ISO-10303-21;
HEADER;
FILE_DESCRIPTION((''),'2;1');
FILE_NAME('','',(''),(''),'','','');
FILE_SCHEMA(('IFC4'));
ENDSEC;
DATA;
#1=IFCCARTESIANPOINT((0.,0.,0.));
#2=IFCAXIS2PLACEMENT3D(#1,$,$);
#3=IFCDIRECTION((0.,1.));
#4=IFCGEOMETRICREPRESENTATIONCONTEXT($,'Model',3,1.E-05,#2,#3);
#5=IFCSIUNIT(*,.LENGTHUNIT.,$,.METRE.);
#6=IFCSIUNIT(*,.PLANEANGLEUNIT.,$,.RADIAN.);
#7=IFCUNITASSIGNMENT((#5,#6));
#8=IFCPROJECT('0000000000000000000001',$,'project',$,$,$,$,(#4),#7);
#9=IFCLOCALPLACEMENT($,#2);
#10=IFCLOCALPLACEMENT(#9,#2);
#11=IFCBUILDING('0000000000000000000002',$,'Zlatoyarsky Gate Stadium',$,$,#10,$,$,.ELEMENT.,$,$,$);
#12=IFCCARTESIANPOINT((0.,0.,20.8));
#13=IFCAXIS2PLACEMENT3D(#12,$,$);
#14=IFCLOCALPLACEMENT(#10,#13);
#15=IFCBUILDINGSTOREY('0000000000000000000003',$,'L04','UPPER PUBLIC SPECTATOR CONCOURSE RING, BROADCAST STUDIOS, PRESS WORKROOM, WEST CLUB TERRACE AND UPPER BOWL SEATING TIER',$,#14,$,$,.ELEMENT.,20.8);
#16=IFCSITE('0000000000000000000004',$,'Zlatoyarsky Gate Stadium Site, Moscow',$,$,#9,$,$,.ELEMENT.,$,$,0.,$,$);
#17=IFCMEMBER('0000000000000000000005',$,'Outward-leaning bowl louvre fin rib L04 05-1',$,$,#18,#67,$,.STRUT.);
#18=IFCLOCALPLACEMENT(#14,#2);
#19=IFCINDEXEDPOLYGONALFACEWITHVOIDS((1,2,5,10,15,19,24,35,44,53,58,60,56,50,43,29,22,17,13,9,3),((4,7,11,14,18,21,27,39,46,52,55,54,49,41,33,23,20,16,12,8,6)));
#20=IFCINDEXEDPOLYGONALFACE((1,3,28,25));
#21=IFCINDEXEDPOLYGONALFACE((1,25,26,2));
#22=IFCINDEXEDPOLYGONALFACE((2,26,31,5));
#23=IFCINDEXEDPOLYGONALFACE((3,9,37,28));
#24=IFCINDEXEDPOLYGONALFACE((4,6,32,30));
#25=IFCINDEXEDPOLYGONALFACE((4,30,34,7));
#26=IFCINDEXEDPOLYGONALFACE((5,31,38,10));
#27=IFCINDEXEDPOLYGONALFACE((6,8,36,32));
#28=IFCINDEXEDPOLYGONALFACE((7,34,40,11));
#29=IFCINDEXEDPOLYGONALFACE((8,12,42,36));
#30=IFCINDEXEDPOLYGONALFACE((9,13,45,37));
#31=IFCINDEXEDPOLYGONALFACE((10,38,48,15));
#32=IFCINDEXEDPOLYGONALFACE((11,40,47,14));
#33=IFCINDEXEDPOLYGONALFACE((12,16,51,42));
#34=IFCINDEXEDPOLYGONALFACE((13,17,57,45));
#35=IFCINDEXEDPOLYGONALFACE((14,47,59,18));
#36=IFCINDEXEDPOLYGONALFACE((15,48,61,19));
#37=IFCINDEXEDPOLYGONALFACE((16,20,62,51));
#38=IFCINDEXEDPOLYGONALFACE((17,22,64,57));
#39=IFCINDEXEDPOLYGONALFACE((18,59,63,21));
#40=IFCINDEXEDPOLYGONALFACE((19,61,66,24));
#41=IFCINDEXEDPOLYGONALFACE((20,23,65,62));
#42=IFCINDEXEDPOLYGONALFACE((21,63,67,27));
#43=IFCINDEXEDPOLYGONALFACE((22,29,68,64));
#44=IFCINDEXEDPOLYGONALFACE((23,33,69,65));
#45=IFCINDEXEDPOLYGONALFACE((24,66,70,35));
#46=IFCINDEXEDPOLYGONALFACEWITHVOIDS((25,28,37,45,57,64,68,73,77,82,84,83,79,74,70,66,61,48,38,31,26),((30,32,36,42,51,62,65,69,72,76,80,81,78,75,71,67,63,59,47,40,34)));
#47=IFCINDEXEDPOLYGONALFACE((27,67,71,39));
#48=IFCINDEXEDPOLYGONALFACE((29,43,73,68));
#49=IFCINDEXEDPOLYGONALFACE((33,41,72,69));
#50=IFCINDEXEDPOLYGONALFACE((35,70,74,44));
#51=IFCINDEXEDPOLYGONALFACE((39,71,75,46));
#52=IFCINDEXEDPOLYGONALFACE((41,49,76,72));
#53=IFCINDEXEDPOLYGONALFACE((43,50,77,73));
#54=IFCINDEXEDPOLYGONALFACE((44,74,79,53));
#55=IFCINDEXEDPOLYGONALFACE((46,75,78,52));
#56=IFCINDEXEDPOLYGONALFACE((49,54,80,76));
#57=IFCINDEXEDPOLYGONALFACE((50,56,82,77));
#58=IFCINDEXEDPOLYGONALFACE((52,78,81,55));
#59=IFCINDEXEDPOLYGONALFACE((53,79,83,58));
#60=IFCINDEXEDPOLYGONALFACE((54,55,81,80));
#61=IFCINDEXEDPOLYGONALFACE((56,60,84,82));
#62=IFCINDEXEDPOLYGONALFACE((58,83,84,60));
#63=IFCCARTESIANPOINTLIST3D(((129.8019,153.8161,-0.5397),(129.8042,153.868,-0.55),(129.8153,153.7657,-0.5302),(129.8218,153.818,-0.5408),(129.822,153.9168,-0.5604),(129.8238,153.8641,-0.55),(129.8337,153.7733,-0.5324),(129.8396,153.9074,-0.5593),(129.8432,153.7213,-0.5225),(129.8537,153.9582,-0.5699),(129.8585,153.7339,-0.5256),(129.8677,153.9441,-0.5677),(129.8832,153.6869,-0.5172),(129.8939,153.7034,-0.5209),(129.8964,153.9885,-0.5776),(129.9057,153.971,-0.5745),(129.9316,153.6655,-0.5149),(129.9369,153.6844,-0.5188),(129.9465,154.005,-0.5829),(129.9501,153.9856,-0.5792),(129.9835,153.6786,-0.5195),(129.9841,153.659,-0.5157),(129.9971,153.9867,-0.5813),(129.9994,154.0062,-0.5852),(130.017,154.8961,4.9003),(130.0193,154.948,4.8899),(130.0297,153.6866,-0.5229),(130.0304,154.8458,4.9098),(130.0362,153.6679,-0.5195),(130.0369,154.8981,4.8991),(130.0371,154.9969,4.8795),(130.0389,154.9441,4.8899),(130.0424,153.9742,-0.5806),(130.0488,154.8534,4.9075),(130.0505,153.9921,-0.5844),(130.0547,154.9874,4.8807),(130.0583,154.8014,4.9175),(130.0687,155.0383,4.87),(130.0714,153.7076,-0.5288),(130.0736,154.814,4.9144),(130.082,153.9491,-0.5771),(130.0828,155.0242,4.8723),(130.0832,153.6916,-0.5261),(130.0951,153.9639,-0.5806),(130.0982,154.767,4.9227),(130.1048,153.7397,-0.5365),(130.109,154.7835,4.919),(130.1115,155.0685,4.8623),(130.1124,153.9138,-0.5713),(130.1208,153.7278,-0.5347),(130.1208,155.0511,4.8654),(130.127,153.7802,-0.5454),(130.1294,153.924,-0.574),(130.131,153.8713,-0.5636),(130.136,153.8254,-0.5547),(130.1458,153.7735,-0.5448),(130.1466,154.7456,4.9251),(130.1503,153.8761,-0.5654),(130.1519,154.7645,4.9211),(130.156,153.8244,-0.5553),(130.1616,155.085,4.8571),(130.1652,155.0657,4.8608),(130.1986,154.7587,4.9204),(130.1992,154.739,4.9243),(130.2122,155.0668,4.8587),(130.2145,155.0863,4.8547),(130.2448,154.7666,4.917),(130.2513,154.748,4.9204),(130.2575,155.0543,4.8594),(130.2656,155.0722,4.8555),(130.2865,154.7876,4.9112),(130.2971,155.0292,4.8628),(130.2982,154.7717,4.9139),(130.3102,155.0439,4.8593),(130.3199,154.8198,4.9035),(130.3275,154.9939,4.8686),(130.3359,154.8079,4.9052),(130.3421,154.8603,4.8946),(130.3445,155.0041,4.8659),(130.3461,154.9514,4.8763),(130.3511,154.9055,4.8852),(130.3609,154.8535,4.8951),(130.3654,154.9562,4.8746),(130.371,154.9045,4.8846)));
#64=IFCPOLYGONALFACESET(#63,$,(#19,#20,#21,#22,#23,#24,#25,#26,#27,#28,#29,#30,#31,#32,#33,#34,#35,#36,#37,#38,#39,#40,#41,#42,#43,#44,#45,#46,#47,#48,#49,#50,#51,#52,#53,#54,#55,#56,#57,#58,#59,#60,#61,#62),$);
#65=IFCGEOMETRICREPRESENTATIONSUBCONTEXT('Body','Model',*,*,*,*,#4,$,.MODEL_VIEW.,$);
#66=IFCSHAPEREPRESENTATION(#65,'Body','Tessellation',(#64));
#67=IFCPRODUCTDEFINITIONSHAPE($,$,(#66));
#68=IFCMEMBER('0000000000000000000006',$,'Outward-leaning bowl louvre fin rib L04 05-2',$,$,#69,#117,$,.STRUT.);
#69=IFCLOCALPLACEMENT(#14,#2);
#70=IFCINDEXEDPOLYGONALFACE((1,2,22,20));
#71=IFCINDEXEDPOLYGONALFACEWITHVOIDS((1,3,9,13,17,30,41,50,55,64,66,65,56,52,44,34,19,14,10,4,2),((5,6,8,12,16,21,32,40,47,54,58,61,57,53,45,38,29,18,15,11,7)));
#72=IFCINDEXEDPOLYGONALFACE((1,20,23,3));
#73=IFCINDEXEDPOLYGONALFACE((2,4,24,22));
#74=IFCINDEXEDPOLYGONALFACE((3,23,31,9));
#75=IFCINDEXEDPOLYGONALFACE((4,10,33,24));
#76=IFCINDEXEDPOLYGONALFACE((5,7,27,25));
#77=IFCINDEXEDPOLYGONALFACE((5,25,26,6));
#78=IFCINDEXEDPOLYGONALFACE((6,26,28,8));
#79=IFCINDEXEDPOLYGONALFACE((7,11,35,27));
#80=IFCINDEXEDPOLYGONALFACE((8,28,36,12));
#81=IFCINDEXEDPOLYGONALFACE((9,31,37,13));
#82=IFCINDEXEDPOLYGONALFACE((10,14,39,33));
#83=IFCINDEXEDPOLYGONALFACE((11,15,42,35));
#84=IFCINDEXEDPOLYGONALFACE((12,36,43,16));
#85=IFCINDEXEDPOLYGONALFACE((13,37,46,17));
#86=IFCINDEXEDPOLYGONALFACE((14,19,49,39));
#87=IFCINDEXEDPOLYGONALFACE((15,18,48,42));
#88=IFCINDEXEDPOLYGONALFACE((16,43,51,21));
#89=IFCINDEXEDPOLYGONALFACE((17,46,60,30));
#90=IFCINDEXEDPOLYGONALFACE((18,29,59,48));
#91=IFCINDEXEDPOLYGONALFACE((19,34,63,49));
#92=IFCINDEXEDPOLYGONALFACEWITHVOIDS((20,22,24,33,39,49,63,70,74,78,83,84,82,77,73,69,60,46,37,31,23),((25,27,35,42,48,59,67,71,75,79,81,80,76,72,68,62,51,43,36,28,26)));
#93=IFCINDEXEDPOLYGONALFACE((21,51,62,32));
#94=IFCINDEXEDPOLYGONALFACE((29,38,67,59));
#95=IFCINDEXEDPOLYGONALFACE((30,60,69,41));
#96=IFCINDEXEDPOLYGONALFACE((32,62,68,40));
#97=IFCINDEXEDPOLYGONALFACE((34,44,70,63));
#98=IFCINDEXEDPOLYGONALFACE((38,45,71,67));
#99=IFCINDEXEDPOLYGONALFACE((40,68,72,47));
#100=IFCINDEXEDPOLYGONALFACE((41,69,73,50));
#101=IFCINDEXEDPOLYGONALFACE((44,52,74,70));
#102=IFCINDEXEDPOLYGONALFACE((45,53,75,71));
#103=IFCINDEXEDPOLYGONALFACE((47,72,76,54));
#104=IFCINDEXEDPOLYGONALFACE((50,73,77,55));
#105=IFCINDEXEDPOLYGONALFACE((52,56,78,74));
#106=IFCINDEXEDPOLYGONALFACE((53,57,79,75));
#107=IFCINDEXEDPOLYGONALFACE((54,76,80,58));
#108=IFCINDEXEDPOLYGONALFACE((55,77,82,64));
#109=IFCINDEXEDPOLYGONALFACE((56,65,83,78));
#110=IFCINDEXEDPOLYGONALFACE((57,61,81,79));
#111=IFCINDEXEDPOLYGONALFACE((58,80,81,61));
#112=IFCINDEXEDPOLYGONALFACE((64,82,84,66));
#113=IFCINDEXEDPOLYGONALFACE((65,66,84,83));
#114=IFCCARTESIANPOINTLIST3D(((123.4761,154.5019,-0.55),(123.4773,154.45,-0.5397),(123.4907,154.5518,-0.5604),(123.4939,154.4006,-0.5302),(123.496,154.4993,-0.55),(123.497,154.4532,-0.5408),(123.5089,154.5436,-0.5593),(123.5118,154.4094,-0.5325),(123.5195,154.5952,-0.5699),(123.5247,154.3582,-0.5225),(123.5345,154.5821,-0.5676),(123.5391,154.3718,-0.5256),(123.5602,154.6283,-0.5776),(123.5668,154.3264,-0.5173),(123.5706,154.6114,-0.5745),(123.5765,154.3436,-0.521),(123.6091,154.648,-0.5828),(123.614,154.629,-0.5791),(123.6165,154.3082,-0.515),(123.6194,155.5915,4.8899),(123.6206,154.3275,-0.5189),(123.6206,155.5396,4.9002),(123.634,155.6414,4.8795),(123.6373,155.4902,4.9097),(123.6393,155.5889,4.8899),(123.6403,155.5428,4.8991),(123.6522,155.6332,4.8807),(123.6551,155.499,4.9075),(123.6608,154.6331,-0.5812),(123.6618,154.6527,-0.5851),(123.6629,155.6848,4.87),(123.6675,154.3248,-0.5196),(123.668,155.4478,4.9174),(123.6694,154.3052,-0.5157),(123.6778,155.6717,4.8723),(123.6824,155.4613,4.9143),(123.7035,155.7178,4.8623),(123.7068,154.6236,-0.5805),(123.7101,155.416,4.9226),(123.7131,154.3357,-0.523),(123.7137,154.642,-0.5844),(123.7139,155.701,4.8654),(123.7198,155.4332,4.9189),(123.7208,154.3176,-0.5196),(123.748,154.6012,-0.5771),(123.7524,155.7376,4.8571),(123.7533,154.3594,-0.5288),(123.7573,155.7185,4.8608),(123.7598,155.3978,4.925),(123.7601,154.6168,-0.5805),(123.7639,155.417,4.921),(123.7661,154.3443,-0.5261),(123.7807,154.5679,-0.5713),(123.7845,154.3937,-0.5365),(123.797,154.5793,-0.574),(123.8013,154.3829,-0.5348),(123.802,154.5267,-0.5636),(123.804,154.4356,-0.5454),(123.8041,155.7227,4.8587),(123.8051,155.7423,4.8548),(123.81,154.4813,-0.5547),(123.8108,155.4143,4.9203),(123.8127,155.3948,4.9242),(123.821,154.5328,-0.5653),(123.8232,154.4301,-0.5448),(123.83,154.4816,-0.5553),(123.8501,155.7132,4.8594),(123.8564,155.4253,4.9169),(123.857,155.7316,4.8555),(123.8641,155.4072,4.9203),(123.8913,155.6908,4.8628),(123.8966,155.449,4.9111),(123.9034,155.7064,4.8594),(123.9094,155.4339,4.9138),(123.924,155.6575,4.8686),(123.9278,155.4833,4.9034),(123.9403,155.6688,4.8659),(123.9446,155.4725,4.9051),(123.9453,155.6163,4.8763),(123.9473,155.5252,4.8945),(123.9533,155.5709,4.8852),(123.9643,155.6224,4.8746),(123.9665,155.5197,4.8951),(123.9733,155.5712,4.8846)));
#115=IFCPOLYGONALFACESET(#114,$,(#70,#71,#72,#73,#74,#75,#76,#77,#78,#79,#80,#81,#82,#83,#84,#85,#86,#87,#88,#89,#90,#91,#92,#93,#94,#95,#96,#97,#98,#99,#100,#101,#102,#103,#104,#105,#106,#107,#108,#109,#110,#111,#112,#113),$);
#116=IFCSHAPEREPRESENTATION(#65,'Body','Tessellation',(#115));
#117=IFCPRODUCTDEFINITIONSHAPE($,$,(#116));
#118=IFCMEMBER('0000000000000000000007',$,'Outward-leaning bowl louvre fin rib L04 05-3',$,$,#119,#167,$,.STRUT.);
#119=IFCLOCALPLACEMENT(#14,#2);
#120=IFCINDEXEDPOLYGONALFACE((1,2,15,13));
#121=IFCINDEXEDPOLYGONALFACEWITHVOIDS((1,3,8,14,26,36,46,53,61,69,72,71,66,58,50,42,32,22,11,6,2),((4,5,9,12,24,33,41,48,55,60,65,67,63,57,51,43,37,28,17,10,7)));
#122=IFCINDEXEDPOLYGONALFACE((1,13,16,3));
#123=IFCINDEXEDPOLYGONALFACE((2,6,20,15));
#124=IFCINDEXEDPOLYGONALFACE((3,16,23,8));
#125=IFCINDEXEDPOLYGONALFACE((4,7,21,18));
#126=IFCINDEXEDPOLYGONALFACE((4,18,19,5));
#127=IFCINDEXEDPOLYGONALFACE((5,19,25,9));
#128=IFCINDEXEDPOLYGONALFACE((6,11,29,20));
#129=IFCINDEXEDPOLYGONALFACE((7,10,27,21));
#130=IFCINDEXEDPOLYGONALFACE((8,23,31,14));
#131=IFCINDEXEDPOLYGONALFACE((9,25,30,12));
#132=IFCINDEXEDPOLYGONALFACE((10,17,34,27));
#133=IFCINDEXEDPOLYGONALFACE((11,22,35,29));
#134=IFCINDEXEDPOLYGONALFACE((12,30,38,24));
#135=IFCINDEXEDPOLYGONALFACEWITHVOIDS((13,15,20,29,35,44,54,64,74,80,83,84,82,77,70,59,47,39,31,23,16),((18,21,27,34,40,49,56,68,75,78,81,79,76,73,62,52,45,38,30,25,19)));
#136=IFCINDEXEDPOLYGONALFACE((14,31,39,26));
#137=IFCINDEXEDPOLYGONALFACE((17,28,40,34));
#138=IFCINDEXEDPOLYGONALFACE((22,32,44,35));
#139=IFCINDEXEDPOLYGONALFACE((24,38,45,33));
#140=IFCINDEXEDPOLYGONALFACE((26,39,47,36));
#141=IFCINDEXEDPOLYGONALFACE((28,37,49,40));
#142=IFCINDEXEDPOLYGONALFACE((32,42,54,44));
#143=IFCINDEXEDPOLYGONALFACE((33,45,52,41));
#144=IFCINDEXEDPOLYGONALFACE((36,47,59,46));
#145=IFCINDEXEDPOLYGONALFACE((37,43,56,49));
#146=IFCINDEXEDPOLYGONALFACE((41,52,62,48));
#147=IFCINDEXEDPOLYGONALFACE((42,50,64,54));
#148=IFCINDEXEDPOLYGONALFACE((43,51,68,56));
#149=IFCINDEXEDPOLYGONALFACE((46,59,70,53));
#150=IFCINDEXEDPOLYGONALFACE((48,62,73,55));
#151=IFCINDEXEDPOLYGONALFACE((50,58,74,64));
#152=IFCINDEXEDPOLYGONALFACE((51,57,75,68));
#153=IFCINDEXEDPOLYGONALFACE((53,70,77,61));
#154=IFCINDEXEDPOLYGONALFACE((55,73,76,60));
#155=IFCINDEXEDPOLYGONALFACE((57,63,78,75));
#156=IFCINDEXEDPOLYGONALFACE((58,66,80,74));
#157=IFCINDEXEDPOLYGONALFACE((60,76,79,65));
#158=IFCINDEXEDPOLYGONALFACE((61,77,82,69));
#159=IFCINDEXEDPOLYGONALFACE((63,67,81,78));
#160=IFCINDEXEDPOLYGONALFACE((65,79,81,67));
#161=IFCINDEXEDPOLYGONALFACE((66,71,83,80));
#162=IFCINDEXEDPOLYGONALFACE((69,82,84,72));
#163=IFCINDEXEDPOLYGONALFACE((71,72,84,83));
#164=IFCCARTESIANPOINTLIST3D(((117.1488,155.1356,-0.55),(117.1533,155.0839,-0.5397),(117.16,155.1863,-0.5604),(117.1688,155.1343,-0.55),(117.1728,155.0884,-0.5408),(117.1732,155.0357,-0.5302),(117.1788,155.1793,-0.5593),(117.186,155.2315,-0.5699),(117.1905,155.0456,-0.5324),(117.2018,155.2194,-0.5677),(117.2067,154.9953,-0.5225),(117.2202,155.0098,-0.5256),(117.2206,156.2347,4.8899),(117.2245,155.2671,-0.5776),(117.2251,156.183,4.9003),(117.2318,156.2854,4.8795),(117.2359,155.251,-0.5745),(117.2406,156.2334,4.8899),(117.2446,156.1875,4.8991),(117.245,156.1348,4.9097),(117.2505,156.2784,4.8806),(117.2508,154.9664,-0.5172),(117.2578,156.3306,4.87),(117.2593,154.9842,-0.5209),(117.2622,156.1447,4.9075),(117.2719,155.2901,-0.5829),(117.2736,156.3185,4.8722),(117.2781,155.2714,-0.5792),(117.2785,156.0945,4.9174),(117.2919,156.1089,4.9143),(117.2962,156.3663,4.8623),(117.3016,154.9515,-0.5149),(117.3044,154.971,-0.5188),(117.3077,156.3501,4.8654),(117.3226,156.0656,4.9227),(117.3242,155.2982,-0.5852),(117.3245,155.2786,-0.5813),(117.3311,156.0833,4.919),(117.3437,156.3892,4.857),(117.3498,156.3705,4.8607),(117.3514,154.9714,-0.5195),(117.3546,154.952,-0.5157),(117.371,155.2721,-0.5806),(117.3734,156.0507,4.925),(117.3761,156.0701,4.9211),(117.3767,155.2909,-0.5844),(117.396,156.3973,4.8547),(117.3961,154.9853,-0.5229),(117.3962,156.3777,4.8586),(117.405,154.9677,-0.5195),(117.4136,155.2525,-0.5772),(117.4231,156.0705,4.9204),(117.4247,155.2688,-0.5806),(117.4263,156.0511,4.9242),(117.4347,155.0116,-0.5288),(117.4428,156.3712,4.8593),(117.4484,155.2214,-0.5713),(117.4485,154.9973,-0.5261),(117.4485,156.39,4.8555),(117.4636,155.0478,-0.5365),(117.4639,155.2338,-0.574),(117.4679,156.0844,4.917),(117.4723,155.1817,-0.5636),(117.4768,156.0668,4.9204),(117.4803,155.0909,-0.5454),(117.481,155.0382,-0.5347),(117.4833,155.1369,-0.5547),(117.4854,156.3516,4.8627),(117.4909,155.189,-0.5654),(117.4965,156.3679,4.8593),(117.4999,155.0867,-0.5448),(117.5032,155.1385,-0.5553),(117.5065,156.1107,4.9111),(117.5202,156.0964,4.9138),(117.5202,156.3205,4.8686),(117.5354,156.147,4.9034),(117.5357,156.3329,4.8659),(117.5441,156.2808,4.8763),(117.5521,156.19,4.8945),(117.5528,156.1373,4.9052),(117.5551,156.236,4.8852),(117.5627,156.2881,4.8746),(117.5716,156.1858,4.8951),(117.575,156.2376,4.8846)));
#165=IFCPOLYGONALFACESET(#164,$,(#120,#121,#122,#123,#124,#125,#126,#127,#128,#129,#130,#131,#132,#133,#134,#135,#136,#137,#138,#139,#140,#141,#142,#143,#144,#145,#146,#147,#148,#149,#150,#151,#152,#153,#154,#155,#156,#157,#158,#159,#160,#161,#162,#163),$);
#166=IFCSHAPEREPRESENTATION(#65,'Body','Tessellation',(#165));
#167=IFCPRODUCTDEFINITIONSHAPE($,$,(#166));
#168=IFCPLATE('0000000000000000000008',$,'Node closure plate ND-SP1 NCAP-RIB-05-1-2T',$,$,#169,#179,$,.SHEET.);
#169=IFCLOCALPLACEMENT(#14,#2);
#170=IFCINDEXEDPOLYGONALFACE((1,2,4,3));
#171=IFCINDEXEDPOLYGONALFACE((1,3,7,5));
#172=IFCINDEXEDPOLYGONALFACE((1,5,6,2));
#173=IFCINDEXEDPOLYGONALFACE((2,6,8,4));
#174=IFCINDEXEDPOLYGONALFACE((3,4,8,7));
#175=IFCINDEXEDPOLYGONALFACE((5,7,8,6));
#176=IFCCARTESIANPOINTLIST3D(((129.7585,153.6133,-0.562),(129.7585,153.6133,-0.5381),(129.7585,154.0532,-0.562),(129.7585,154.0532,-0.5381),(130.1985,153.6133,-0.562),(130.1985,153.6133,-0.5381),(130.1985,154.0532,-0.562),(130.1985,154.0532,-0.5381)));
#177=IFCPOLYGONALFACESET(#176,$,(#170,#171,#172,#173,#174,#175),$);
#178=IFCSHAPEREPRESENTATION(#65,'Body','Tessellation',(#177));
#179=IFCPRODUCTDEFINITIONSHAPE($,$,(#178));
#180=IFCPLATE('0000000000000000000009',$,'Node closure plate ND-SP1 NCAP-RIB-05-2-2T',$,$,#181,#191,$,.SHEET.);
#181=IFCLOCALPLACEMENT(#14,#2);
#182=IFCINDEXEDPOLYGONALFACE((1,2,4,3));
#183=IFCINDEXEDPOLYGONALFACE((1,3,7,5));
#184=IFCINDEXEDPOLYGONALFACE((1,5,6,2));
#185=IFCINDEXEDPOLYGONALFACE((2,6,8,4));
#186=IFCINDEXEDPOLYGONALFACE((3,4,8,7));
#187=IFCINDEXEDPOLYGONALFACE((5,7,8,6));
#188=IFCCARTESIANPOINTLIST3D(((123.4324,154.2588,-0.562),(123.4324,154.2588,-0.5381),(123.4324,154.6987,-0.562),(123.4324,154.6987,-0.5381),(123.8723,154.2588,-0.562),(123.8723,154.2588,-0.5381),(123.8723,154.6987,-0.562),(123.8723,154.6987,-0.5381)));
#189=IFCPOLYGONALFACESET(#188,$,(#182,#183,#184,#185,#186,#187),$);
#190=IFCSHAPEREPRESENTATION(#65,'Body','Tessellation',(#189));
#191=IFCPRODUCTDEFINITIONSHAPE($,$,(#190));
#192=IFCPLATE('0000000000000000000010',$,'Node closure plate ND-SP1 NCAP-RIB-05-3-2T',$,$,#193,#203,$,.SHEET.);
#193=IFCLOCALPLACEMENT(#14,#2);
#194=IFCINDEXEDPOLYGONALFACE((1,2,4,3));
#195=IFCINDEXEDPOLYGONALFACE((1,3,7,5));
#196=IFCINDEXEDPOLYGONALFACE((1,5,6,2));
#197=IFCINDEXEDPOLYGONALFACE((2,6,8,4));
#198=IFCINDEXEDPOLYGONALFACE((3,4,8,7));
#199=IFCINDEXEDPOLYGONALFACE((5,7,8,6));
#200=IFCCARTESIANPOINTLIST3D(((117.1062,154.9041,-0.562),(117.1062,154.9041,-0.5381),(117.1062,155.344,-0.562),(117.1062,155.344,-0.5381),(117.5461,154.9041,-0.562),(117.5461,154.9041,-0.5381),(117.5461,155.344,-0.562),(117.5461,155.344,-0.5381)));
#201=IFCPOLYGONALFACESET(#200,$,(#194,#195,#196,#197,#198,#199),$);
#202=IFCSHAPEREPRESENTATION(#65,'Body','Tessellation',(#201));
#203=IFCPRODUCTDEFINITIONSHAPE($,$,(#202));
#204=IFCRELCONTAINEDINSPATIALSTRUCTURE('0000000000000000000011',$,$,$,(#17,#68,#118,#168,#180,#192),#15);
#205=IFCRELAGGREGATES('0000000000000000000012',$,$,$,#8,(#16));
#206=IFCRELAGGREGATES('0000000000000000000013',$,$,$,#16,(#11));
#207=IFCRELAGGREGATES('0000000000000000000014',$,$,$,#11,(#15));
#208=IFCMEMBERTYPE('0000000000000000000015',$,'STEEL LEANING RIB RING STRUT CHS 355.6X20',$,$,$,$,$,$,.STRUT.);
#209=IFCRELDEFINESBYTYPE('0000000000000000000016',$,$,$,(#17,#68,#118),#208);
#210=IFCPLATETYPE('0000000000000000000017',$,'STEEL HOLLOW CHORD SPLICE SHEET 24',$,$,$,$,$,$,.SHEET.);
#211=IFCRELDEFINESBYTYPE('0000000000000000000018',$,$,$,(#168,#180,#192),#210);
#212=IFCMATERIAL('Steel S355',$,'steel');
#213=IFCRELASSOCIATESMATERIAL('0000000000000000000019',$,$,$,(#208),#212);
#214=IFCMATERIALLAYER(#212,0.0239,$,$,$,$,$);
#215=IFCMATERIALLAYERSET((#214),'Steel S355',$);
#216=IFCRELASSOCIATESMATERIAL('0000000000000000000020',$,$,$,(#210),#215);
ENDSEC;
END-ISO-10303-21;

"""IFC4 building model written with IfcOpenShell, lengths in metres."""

from ifc_helpers import new_model, si_unit, direction, frame, origin, origin_2d, place, context, subcontext, project, spatial, rectangle, hollow_circle, extrude, material, layer, layer_set, material_profile, profile_set, type_object, element, save


model = new_model("IFC4")

# Units and contexts
model_context = context("Model", 3, precision=1e-05, world=origin(), true_north=direction((0.0, 1.0)))
body_context = subcontext(model_context, "Body", "Model", "MODEL_VIEW")
ifc_project = project(units=[si_unit("LENGTHUNIT", "METRE"), si_unit("PLANEANGLEUNIT", "RADIAN")], contexts=[model_context])

# Site, building, storey
site_placement = place(None, origin())
site = spatial("IfcSite", under=ifc_project, at=site_placement, Name="Zlatoyarsky Gate Stadium Site, Moscow", CompositionType="ELEMENT", RefElevation=0.0)
building_placement = place(site_placement, origin())
building = spatial("IfcBuilding", under=site, at=building_placement, Name="Zlatoyarsky Gate Stadium", CompositionType="ELEMENT")
storey_placement = place(building_placement, frame((0.0, 0.0, 20.8)))
storey = spatial("IfcBuildingStorey", under=building, at=storey_placement, Name="L04", Description="UPPER PUBLIC SPECTATOR CONCOURSE RING, BROADCAST STUDIOS, PRESS WORKROOM, WEST CLUB TERRACE AND UPPER BOWL SEATING TIER", CompositionType="ELEMENT", Elevation=20.8)

# Shared definitions
ifc_material_1 = material(Name="Steel S355", Category="steel")

# Members
ifc_material_profile_1 = material_profile(ifc_material_1, hollow_circle(Radius=0.1777, WallThickness=0.02, at=origin_2d()), Name="CHS 355.6X20")
ifc_profile_set_1 = profile_set([ifc_material_profile_1], Name="Steel S355")
member_type_1 = type_object("IfcMemberType", Name="STEEL LEANING RIB RING STRUT CHS 355.6X20", PredefinedType="STRUT", material=ifc_profile_set_1)
member_1_placement = place(storey_placement, frame((129.9785, 153.8333, -0.55), z_axis=(0.038753, 0.194598, 0.980117), x_axis=(-0.980742, 0.195306, 0.0)))
element("IfcMember", 1, at=member_1_placement, inside=storey, type_object=member_type_1, Name="Outward-leaning bowl louvre fin rib L04 05-1", PredefinedType="STRUT", context=body_context, shape_type="SweptSolid", body=[
    extrude(hollow_circle(Radius=0.1777, WallThickness=0.02, at=origin_2d()), origin(), (0.0, 0.0, 1.0), 5.5503),
])
member_2_placement = place(storey_placement, frame((123.6523, 154.4788, -0.55), z_axis=(0.025822, 0.19633, 0.980198), x_axis=(-0.991461, 0.130403, 0.0)))
element("IfcMember", 2, at=member_2_placement, inside=storey, type_object=member_type_1, Name="Outward-leaning bowl louvre fin rib L04 05-2", PredefinedType="STRUT", context=body_context, shape_type="SweptSolid", body=[
    extrude(hollow_circle(Radius=0.1777, WallThickness=0.02, at=origin_2d()), origin(), (0.0, 0.0, 1.0), 5.5498),
])
member_3_placement = place(storey_placement, frame((117.3262, 155.124, -0.55), z_axis=(0.012932, 0.198028, 0.980111), x_axis=(-0.997874, 0.065166, 0.0)))
element("IfcMember", 3, at=member_3_placement, inside=storey, type_object=member_type_1, Name="Outward-leaning bowl louvre fin rib L04 05-3", PredefinedType="STRUT", context=body_context, shape_type="SweptSolid", body=[
    extrude(hollow_circle(Radius=0.1777, WallThickness=0.02, at=origin_2d()), origin(), (0.0, 0.0, 1.0), 5.5503),
])

# Plates
ifc_layer_1 = layer(ifc_material_1, 0.0239)
ifc_layer_set_1 = layer_set([ifc_layer_1], Name="Steel S355")
plate_type_1 = type_object("IfcPlateType", Name="STEEL HOLLOW CHORD SPLICE SHEET 24", PredefinedType="SHEET", material=ifc_layer_set_1)
for number, where, z_axis, x_axis, name in (
    (4, (129.9785, 153.8333, -0.562), (0.0, 0.0, 1.0), (1.0, 0.0, 0.0), "Node closure plate ND-SP1 NCAP-RIB-05-1-2T"),
    (5, (123.6523, 154.4788, -0.562), (0.0, 0.0, 1.0), (1.0, 0.0, 0.0), "Node closure plate ND-SP1 NCAP-RIB-05-2-2T"),
    (6, (117.3262, 155.124, -0.562), (0.0, 0.0, 1.0), (1.0, 0.0, 0.0), "Node closure plate ND-SP1 NCAP-RIB-05-3-2T"),
):
    element("IfcPlate", number, at=place(storey_placement, frame(where, z_axis=z_axis, x_axis=x_axis)), inside=storey, type_object=plate_type_1, Name=name, PredefinedType="SHEET", context=body_context, shape_type="SweptSolid", body=[
        extrude(rectangle(XDim=0.4399, YDim=0.4399, at=origin_2d()), origin(), (0.0, 0.0, 1.0), 0.0239),
    ])

save(model, "model.ifc")
